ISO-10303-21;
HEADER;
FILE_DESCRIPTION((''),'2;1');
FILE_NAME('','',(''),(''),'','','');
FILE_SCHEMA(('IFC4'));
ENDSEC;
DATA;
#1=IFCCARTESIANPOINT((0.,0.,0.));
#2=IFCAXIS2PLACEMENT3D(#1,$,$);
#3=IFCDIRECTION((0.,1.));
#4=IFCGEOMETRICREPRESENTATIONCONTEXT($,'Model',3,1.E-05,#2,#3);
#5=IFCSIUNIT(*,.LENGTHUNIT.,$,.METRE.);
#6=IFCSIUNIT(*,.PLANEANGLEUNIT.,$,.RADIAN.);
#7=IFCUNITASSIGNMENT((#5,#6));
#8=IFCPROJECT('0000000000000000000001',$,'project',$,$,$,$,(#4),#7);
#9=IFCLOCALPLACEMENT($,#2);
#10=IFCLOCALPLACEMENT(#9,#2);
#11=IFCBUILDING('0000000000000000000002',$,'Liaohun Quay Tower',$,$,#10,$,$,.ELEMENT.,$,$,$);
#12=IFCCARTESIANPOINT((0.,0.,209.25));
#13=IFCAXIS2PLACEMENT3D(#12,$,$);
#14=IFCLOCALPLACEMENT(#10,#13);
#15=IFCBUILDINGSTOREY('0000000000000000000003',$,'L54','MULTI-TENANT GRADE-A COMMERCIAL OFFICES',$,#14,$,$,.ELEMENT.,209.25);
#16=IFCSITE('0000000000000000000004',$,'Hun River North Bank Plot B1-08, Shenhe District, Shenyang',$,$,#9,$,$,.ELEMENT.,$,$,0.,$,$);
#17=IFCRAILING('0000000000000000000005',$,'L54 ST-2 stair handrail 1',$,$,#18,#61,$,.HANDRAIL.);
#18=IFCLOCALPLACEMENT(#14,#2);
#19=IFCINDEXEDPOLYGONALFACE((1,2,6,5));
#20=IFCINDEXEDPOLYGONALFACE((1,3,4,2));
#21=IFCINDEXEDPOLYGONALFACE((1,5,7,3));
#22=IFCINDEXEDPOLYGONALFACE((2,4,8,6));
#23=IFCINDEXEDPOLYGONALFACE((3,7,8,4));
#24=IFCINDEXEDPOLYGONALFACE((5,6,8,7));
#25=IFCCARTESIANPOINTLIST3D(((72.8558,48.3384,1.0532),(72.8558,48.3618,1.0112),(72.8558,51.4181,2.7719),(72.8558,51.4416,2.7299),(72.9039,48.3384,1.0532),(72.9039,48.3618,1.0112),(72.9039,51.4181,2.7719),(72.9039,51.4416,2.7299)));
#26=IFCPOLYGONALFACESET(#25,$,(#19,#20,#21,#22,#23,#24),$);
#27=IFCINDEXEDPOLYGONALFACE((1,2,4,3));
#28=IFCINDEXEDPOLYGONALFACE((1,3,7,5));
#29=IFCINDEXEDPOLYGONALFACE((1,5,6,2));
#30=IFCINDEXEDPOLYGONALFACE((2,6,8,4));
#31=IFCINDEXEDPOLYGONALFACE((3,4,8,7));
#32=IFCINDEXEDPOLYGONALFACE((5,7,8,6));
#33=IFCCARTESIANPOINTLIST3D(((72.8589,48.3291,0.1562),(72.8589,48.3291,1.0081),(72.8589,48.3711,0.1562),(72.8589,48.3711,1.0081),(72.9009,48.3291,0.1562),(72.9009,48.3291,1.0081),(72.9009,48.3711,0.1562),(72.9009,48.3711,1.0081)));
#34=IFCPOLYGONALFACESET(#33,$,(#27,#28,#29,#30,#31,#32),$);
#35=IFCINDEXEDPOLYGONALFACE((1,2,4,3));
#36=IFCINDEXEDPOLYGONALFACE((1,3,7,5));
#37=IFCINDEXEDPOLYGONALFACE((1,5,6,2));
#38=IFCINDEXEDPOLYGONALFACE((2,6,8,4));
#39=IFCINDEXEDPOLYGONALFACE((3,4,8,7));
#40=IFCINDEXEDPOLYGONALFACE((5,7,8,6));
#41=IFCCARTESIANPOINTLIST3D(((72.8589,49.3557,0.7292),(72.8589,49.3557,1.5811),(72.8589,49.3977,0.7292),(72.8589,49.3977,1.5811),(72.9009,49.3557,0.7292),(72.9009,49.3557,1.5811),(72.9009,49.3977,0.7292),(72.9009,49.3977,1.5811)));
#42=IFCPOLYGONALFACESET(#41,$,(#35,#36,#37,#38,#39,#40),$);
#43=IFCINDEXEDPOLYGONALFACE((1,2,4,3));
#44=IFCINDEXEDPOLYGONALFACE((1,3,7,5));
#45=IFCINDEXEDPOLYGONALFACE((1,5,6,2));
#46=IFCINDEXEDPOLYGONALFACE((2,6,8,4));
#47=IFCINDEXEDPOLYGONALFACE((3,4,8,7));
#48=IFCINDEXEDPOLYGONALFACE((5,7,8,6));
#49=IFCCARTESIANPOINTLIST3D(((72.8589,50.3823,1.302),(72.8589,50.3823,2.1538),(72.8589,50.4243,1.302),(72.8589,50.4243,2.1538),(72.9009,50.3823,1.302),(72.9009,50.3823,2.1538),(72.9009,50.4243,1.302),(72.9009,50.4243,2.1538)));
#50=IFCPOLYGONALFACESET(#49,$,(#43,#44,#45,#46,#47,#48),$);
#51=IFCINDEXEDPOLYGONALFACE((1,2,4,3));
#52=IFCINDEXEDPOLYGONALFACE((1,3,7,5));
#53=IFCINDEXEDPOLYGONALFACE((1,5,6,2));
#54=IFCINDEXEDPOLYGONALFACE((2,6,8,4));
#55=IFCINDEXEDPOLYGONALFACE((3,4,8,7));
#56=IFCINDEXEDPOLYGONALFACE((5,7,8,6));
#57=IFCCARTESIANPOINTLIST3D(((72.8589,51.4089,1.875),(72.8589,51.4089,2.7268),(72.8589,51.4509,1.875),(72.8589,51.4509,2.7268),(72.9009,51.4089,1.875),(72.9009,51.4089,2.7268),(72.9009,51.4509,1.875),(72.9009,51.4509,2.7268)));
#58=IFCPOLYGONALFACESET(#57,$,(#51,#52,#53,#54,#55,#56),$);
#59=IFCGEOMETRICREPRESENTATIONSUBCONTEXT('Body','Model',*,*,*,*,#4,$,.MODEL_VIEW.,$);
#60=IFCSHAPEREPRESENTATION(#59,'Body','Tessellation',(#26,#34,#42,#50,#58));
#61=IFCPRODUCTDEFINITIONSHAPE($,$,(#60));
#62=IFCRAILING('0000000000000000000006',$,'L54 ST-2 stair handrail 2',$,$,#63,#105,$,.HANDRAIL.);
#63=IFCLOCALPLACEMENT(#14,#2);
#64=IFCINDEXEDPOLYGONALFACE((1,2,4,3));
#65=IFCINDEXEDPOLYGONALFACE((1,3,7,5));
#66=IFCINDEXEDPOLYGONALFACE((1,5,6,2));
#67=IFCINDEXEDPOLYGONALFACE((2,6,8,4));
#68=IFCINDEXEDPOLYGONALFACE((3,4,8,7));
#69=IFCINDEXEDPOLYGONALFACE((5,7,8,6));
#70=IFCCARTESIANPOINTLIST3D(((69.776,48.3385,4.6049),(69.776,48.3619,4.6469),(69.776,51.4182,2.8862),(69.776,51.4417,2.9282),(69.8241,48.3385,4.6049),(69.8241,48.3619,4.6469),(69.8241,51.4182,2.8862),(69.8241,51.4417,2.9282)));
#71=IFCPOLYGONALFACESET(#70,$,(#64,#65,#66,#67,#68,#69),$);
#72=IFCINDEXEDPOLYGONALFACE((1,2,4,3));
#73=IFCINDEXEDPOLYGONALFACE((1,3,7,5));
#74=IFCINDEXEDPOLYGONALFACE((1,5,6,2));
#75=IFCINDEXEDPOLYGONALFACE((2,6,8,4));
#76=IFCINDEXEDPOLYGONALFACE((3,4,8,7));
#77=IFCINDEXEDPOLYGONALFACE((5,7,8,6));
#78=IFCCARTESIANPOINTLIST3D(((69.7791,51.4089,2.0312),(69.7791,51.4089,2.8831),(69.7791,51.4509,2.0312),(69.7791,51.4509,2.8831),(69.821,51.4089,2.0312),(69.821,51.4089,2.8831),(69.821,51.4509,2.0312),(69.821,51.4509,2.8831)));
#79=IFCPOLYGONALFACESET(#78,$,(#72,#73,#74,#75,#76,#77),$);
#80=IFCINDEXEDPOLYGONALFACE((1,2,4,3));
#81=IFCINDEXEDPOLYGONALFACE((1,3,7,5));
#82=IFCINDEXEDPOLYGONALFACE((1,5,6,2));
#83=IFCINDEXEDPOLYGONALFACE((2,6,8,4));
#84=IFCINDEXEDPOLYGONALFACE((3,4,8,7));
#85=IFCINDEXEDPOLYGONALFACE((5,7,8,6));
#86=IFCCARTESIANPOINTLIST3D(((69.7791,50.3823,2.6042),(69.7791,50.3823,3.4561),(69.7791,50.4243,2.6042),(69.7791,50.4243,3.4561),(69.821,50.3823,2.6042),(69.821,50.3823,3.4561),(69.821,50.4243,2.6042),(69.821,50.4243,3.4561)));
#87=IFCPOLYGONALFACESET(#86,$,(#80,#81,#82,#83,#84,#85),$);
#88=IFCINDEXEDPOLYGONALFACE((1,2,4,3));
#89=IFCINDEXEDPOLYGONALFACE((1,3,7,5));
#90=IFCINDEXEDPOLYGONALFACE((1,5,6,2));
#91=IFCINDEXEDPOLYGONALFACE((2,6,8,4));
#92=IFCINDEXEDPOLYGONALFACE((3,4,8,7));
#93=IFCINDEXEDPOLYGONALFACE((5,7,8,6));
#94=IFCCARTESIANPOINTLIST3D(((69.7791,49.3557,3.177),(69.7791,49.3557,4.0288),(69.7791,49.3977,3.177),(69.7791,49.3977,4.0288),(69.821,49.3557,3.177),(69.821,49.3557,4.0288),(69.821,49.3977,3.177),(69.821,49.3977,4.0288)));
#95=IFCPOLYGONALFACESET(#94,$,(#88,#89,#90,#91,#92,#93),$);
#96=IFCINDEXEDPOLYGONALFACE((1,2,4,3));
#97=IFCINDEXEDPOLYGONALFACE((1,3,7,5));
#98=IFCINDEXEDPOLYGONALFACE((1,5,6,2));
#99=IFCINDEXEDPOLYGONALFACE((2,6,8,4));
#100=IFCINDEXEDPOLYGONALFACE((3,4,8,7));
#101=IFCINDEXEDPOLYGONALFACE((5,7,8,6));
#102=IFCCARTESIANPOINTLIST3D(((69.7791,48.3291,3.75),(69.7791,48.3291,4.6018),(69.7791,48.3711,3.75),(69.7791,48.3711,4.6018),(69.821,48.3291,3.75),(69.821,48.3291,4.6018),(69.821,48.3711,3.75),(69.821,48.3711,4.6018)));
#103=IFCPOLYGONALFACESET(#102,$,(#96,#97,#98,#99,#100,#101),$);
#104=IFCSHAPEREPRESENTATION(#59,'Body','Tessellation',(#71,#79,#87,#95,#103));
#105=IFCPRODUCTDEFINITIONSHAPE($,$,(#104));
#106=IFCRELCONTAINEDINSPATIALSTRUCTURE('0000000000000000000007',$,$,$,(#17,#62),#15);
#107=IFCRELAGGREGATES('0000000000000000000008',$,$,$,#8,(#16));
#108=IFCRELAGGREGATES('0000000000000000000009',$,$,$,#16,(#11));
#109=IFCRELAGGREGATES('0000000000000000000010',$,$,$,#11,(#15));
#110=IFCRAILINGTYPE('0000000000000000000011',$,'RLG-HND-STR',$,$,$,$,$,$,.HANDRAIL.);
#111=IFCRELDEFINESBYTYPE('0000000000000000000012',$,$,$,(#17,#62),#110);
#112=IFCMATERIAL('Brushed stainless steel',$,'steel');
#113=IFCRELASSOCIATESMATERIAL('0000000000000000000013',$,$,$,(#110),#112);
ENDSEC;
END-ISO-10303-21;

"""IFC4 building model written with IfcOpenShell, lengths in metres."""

from ifc_helpers import new_model, si_unit, direction, frame, origin, origin_2d, place, context, subcontext, project, spatial, rectangle, extrude, material, type_object, element, save


model = new_model("IFC4")

# Units and contexts
model_context = context("Model", 3, precision=1e-05, world=origin(), true_north=direction((0.0, 1.0)))
body_context = subcontext(model_context, "Body", "Model", "MODEL_VIEW")
ifc_project = project(units=[si_unit("LENGTHUNIT", "METRE"), si_unit("PLANEANGLEUNIT", "RADIAN")], contexts=[model_context])

# Site, building, storey
site_placement = place(None, origin())
site = spatial("IfcSite", under=ifc_project, at=site_placement, Name="Hun River North Bank Plot B1-08, Shenhe District, Shenyang", CompositionType="ELEMENT", RefElevation=0.0)
building_placement = place(site_placement, origin())
building = spatial("IfcBuilding", under=site, at=building_placement, Name="Liaohun Quay Tower", CompositionType="ELEMENT")
storey_placement = place(building_placement, frame((0.0, 0.0, 209.25)))
storey = spatial("IfcBuildingStorey", under=building, at=storey_placement, Name="L54", Description="MULTI-TENANT GRADE-A COMMERCIAL OFFICES", CompositionType="ELEMENT", Elevation=209.25)

# Railings
ifc_material_1 = material(Name="Brushed stainless steel", Category="steel")
railing_type_1 = type_object("IfcRailingType", Name="RLG-HND-STR", PredefinedType="HANDRAIL", material=ifc_material_1)
railing_1_placement = place(storey_placement, frame((72.8799, 48.3501, 0.1562)))
element("IfcRailing", 1, at=railing_1_placement, inside=storey, type_object=railing_type_1, Name="L54 ST-2 stair handrail 1", PredefinedType="HANDRAIL", context=body_context, shape_type="SweptSolid", body=[
    extrude(rectangle(XDim=0.0481, YDim=0.0481, at=origin_2d()), frame((0.0, 0.0, 0.876), z_axis=(0.0, 0.873225, 0.487317), x_axis=(-1.0, 0.0, 0.0)), (0.0, 0.0, 1.0), 3.5269),
    extrude(rectangle(XDim=0.042, YDim=0.042, at=origin_2d()), origin(), (0.0, 0.0, 1.0), 0.8518),
    extrude(rectangle(XDim=0.042, YDim=0.042, at=origin_2d()), frame((0.0, 1.0266, 0.573)), (0.0, 0.0, 1.0), 0.8518),
    extrude(rectangle(XDim=0.042, YDim=0.042, at=origin_2d()), frame((0.0, 2.0532, 1.1458)), (0.0, 0.0, 1.0), 0.8518),
    extrude(rectangle(XDim=0.042, YDim=0.042, at=origin_2d()), frame((0.0, 3.0798, 1.7188)), (0.0, 0.0, 1.0), 0.8518),
])
railing_2_placement = place(storey_placement, frame((69.8, 51.4299, 2.0312)))
element("IfcRailing", 2, at=railing_2_placement, inside=storey, type_object=railing_type_1, Name="L54 ST-2 stair handrail 2", PredefinedType="HANDRAIL", context=body_context, shape_type="SweptSolid", body=[
    extrude(rectangle(XDim=0.0481, YDim=0.0481, at=origin_2d()), frame((0.0, 0.0, 0.876), z_axis=(0.0, -0.873225, 0.487317), x_axis=(1.0, 0.0, 0.0)), (0.0, 0.0, 1.0), 3.5269),
    extrude(rectangle(XDim=0.042, YDim=0.042, at=origin_2d()), origin(), (0.0, 0.0, 1.0), 0.8518),
    extrude(rectangle(XDim=0.042, YDim=0.042, at=origin_2d()), frame((0.0, -1.0266, 0.573)), (0.0, 0.0, 1.0), 0.8518),
    extrude(rectangle(XDim=0.042, YDim=0.042, at=origin_2d()), frame((0.0, -2.0532, 1.1458)), (0.0, 0.0, 1.0), 0.8518),
    extrude(rectangle(XDim=0.042, YDim=0.042, at=origin_2d()), frame((0.0, -3.0798, 1.7188)), (0.0, 0.0, 1.0), 0.8518),
])

save(model, "model.ifc")
